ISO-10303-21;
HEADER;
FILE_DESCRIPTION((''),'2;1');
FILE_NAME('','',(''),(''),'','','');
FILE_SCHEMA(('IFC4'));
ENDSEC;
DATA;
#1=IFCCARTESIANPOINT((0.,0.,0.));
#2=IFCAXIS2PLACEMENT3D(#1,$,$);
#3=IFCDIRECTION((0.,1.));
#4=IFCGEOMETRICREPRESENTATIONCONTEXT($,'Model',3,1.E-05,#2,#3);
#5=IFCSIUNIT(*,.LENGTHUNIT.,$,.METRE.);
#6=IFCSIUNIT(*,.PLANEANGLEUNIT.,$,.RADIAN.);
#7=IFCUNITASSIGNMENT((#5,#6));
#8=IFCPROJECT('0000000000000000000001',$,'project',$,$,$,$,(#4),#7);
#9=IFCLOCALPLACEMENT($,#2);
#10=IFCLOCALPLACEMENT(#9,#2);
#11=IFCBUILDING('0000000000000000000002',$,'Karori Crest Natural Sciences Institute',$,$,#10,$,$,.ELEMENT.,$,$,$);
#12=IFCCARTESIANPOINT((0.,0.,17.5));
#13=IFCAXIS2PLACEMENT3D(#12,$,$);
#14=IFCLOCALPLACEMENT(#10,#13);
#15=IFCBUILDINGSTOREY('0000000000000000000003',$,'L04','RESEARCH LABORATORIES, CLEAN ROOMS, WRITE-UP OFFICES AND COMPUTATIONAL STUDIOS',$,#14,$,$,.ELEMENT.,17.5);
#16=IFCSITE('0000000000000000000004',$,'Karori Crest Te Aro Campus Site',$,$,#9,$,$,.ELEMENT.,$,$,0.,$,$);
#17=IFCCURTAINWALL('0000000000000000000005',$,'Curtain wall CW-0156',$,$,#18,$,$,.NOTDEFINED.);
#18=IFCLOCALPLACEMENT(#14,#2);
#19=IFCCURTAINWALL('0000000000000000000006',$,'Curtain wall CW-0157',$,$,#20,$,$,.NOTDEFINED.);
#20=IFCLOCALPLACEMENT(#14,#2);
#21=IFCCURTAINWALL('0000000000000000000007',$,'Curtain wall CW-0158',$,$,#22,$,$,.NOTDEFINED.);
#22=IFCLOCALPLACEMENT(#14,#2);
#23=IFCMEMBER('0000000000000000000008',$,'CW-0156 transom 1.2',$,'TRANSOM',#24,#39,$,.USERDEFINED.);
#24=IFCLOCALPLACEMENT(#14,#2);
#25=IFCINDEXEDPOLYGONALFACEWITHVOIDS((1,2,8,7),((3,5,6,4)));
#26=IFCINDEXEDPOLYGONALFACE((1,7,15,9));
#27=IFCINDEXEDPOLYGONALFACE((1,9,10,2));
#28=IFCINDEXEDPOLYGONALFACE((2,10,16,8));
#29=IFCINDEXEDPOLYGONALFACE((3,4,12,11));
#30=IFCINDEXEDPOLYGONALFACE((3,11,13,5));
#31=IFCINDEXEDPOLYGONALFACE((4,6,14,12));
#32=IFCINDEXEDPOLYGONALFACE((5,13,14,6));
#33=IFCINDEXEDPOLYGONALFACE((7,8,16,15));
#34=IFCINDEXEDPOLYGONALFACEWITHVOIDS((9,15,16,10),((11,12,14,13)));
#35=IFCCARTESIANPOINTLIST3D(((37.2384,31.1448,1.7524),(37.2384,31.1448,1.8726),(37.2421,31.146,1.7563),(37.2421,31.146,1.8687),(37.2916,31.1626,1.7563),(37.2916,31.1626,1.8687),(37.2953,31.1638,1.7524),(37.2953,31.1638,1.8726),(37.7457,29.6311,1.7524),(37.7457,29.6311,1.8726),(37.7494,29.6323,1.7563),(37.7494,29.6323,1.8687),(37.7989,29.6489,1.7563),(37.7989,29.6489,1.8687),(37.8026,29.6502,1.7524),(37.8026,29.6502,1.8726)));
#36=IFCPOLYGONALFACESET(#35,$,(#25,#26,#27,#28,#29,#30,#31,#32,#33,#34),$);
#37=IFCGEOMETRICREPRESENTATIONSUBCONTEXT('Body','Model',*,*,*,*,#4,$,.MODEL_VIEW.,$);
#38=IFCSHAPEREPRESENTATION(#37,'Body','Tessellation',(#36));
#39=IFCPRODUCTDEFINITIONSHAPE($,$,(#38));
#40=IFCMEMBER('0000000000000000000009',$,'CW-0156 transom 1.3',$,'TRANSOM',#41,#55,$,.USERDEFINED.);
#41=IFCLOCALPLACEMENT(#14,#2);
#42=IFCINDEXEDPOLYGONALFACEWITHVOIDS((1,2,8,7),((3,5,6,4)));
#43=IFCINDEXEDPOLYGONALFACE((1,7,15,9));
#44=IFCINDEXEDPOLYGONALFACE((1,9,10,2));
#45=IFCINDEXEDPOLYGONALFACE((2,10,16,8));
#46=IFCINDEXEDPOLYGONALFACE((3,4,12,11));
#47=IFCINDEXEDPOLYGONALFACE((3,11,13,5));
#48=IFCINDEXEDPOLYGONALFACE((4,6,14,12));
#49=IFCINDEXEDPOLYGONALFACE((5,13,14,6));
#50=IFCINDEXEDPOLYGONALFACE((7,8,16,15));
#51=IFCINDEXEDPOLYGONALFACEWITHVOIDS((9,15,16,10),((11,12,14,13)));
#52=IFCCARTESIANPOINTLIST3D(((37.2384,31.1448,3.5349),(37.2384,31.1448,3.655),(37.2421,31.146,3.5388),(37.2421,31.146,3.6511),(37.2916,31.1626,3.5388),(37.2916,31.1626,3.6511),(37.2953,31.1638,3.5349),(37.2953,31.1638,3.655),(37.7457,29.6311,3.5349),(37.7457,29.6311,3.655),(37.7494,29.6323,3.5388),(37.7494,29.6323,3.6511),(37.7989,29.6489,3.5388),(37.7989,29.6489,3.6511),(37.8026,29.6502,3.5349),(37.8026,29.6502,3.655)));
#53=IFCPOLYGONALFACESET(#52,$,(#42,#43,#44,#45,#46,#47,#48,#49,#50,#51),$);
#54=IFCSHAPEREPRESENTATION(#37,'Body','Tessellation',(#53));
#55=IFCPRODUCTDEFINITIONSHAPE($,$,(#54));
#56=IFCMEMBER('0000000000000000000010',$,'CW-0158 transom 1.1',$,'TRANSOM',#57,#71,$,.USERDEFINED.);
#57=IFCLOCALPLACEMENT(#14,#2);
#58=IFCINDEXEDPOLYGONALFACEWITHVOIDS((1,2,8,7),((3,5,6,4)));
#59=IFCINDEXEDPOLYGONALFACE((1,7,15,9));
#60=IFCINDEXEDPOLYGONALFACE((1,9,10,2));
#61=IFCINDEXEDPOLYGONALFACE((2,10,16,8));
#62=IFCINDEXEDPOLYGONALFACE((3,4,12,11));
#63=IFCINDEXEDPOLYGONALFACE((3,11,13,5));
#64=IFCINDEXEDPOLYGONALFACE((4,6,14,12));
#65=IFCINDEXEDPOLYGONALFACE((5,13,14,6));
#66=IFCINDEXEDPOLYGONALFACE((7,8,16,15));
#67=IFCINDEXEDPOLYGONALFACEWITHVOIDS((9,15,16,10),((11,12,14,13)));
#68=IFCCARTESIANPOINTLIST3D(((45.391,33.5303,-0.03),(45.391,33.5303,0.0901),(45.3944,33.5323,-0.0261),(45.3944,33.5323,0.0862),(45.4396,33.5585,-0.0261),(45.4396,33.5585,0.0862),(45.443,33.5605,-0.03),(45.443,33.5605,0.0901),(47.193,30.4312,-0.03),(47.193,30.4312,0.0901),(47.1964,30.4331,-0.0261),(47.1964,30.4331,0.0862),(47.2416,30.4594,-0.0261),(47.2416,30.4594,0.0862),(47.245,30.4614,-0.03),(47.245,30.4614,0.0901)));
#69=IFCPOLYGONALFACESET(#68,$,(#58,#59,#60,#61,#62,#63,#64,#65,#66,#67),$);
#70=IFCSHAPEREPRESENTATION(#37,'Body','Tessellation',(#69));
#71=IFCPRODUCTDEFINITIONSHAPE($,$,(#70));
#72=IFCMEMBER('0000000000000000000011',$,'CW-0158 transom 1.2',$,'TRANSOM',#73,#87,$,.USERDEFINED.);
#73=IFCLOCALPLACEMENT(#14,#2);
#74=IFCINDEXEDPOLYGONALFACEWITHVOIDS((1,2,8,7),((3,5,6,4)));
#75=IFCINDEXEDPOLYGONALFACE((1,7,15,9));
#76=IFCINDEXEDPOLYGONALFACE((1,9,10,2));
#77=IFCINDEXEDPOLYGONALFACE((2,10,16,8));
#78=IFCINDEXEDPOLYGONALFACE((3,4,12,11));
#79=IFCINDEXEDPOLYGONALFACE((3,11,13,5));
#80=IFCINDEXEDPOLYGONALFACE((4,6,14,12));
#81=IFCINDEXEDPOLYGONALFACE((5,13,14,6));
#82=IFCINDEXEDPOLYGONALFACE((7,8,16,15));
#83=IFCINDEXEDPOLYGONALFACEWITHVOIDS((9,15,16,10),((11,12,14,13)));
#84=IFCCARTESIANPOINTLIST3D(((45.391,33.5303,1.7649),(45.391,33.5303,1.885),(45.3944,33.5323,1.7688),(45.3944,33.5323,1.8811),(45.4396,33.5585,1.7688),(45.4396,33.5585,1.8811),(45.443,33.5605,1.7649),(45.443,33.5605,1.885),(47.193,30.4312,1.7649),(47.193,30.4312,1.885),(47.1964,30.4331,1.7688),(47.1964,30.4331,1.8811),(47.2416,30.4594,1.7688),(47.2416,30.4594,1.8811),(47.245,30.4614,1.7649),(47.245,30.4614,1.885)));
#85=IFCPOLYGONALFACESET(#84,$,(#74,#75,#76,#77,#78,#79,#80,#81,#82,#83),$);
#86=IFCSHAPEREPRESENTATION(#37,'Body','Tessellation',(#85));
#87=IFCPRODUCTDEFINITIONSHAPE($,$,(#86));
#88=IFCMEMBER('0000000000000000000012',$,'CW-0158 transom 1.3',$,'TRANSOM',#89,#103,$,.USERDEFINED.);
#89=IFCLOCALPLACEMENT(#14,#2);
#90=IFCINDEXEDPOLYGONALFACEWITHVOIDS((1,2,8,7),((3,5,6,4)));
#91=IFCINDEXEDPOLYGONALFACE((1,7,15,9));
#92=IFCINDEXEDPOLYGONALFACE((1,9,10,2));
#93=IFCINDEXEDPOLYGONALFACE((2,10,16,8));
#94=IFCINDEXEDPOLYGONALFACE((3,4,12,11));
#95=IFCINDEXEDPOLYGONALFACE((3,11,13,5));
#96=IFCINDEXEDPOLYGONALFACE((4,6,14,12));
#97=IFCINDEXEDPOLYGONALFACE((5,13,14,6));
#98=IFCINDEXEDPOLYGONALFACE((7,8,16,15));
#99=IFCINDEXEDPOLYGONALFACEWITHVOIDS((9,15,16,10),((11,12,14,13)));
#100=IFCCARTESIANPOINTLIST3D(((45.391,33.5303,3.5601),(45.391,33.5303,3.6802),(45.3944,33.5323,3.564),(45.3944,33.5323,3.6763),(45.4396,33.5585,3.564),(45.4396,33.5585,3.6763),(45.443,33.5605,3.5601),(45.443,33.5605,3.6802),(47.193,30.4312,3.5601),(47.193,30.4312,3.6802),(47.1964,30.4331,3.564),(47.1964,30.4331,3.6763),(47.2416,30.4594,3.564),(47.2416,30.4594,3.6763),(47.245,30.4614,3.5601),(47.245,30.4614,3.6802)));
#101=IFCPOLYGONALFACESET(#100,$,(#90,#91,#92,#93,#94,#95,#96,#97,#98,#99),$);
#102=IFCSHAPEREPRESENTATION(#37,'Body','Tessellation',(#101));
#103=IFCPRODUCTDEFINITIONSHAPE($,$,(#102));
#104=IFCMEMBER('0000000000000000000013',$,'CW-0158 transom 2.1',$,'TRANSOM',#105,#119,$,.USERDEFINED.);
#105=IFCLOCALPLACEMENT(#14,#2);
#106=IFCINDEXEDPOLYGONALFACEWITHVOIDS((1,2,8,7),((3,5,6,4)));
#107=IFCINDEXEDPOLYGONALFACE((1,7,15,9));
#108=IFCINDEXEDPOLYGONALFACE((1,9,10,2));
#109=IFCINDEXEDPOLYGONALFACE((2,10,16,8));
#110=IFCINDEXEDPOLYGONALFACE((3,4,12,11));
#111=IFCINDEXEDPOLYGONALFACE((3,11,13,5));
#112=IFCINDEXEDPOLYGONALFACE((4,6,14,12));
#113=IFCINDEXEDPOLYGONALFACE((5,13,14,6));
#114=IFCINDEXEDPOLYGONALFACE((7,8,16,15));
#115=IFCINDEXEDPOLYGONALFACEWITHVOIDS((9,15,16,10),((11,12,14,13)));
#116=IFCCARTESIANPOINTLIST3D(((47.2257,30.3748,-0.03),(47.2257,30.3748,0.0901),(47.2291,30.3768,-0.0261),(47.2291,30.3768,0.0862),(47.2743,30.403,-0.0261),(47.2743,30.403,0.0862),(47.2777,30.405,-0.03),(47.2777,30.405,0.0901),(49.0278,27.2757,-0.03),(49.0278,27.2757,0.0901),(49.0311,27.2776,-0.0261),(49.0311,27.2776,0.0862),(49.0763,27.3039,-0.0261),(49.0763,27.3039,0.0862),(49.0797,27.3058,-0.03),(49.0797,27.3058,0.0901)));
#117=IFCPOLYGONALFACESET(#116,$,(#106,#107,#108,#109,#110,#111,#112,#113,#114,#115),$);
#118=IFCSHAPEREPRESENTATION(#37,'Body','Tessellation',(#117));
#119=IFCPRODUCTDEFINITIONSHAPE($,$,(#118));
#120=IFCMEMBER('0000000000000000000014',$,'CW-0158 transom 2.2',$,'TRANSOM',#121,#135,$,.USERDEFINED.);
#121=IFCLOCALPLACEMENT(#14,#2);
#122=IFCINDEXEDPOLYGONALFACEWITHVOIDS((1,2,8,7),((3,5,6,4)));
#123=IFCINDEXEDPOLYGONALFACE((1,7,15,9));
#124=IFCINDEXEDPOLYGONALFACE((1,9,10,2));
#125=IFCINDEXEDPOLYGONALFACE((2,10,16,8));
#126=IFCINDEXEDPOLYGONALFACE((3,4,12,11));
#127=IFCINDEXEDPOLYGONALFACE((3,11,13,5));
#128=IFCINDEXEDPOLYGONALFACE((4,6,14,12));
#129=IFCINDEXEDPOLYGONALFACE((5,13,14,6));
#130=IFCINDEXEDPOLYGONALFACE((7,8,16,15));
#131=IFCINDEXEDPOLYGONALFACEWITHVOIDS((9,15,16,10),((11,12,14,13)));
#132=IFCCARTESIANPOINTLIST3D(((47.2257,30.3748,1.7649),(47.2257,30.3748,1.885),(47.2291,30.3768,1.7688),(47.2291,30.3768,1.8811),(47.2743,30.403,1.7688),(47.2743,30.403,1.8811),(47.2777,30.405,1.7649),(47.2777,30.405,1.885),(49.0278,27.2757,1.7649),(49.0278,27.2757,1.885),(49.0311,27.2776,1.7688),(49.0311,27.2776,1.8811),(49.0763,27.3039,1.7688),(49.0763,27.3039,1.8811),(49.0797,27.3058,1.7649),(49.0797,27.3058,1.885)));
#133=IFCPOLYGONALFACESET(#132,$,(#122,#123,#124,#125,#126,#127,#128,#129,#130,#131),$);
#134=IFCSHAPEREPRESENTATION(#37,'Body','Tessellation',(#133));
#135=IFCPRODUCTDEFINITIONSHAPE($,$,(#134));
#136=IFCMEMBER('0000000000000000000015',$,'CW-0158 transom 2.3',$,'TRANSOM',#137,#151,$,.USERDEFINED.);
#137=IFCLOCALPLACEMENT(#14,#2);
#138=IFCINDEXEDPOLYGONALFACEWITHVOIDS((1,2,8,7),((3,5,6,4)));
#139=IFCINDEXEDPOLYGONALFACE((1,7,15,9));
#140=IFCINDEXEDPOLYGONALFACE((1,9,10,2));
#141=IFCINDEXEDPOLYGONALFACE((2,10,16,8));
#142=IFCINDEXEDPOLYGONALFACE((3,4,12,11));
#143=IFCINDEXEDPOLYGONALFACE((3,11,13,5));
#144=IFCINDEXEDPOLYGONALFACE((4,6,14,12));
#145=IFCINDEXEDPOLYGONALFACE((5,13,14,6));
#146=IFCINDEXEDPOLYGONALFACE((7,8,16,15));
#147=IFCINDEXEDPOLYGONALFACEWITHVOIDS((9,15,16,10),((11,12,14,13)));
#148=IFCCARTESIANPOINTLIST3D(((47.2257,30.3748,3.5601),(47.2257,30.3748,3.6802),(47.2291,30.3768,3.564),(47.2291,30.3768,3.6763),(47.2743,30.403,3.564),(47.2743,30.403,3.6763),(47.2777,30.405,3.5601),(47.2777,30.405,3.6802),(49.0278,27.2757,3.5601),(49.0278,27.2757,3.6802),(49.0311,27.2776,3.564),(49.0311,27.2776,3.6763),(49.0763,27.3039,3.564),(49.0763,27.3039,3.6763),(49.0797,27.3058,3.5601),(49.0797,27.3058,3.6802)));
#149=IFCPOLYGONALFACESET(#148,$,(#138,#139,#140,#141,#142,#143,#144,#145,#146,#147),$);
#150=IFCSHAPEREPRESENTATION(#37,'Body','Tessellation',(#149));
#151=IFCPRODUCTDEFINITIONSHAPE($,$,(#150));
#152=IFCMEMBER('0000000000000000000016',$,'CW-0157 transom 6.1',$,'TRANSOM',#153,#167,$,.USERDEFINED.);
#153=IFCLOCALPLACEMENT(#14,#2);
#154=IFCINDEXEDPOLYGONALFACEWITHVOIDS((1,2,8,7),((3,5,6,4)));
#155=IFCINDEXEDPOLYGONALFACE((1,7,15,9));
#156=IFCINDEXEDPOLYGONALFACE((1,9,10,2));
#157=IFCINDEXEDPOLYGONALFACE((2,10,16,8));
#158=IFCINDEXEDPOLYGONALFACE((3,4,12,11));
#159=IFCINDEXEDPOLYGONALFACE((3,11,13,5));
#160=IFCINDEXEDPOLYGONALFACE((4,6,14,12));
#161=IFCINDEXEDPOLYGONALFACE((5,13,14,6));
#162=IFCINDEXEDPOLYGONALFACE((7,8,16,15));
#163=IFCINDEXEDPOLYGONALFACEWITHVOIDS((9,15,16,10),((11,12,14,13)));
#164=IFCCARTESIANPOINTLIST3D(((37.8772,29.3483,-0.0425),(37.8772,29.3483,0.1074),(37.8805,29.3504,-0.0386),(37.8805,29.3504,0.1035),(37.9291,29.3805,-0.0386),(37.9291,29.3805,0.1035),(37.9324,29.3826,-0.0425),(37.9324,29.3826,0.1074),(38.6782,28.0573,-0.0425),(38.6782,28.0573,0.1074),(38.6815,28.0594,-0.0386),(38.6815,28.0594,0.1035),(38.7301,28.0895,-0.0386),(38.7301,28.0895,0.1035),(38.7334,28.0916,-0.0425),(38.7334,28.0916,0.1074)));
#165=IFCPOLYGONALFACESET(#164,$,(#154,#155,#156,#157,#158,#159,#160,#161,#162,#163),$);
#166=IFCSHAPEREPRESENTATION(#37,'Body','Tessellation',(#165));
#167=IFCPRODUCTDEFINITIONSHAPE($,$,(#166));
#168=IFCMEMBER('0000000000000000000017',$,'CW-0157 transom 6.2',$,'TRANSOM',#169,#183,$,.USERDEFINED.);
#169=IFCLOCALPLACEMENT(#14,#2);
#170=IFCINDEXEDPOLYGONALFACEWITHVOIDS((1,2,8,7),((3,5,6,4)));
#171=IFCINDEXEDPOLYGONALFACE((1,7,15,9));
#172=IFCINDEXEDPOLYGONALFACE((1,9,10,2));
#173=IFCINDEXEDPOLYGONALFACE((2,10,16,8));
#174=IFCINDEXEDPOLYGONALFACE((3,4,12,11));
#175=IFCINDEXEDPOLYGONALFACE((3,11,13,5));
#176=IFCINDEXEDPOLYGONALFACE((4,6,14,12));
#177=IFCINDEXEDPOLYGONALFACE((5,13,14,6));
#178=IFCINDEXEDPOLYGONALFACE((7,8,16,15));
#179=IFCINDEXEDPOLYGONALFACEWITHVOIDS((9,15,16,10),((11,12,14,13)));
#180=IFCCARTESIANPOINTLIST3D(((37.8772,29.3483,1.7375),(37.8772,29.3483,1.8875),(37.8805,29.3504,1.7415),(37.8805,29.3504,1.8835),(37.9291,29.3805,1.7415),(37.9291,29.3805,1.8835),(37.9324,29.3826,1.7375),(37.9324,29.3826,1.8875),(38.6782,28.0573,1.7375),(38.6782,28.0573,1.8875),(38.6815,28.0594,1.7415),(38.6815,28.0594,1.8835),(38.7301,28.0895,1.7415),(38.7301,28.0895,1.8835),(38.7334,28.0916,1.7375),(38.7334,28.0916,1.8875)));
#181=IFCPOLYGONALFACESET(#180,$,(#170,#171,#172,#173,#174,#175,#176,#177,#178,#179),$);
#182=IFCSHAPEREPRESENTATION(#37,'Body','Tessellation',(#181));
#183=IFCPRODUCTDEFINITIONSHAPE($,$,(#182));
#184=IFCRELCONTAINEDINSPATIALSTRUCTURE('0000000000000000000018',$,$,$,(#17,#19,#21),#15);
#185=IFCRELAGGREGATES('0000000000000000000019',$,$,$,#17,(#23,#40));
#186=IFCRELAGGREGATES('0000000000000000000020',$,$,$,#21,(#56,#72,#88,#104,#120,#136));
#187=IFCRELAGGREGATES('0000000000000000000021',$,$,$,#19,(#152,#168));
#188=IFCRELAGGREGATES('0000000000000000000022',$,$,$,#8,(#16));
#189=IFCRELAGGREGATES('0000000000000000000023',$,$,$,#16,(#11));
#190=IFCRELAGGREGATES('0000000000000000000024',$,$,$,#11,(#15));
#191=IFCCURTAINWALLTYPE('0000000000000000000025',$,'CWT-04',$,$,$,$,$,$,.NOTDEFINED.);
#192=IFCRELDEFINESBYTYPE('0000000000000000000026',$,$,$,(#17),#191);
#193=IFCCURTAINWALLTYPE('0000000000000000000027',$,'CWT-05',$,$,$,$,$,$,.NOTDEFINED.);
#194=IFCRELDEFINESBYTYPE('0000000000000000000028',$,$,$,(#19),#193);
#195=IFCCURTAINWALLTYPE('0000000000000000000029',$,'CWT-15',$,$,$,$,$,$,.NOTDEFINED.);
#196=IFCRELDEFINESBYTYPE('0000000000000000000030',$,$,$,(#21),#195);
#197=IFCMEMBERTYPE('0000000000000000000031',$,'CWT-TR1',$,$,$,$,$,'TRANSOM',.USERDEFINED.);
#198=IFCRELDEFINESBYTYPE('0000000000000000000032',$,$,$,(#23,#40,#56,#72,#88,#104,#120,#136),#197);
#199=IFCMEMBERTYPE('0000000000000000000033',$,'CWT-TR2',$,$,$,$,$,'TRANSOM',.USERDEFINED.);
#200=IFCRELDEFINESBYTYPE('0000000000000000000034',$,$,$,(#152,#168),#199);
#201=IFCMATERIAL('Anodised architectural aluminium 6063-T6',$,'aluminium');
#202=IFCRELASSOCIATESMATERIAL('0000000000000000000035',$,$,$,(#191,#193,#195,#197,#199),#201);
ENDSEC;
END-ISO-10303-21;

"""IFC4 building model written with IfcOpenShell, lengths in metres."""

from ifc_helpers import new_model, si_unit, direction, frame, origin, origin_2d, place, context, subcontext, project, spatial, hollow_rectangle, extrude, material, material_profile, profile_set, type_object, element, aggregate, save


model = new_model("IFC4")

# Units and contexts
model_context = context("Model", 3, precision=1e-05, world=origin(), true_north=direction((0.0, 1.0)))
body_context = subcontext(model_context, "Body", "Model", "MODEL_VIEW")
ifc_project = project(units=[si_unit("LENGTHUNIT", "METRE"), si_unit("PLANEANGLEUNIT", "RADIAN")], contexts=[model_context])

# Site, building, storey
site_placement = place(None, origin())
site = spatial("IfcSite", under=ifc_project, at=site_placement, Name="Karori Crest Te Aro Campus Site", CompositionType="ELEMENT", RefElevation=0.0)
building_placement = place(site_placement, origin())
building = spatial("IfcBuilding", under=site, at=building_placement, Name="Karori Crest Natural Sciences Institute", CompositionType="ELEMENT")
storey_placement = place(building_placement, frame((0.0, 0.0, 17.5)))
storey = spatial("IfcBuildingStorey", under=building, at=storey_placement, Name="L04", Description="RESEARCH LABORATORIES, CLEAN ROOMS, WRITE-UP OFFICES AND COMPUTATIONAL STUDIOS", CompositionType="ELEMENT", Elevation=17.5)

# Curtain wall
ifc_material_1 = material(Name="Anodised architectural aluminium 6063-T6", Category="aluminium")
curtain_wall_type_1 = type_object("IfcCurtainWallType", Name="CWT-04", PredefinedType="NOTDEFINED", material=ifc_material_1)
curtain_wall_1_placement = place(storey_placement, origin())
curtain_wall_1 = element("IfcCurtainWall", 1, at=curtain_wall_1_placement, inside=storey, type_object=curtain_wall_type_1, Name="Curtain wall CW-0156", PredefinedType="NOTDEFINED")

# Curtain walls
curtain_wall_type_2 = type_object("IfcCurtainWallType", Name="CWT-05", PredefinedType="NOTDEFINED", material=ifc_material_1)
curtain_wall_2_placement = place(storey_placement, origin())
curtain_wall_2 = element("IfcCurtainWall", 2, at=curtain_wall_2_placement, inside=storey, type_object=curtain_wall_type_2, Name="Curtain wall CW-0157", PredefinedType="NOTDEFINED")
curtain_wall_type_3 = type_object("IfcCurtainWallType", Name="CWT-15", PredefinedType="NOTDEFINED", material=ifc_material_1)
curtain_wall_3_placement = place(storey_placement, origin())
curtain_wall_3 = element("IfcCurtainWall", 3, at=curtain_wall_3_placement, inside=storey, type_object=curtain_wall_type_3, Name="Curtain wall CW-0158", PredefinedType="NOTDEFINED")

# Members
ifc_material_profile_1 = material_profile(ifc_material_1, hollow_rectangle(XDim=0.0601, YDim=0.1201, WallThickness=0.0039, at=origin_2d()), Name="CWT120x60x4")
ifc_profile_set_1 = profile_set([ifc_material_profile_1], Name="Anodised architectural aluminium 6063-T6")
member_type_1 = type_object("IfcMemberType", Name="CWT-TR1", ElementType="TRANSOM", PredefinedType="USERDEFINED", material=ifc_profile_set_1)
member_1_placement = place(storey_placement, frame((37.7742, 29.6406, 1.8125), z_axis=(-0.317787, 0.948162, 0.0), x_axis=(-0.948162, -0.317787, 0.0)))
member_1 = element("IfcMember", 4, at=member_1_placement, type_object=member_type_1, Name="CW-0156 transom 1.2", ObjectType="TRANSOM", PredefinedType="USERDEFINED", context=body_context, shape_type="SweptSolid", body=[
    extrude(hollow_rectangle(XDim=0.0601, YDim=0.1201, WallThickness=0.0039, at=origin_2d()), origin(), (0.0, 0.0, 1.0), 1.5964),
])
member_2_placement = place(storey_placement, frame((37.7742, 29.6406, 3.595), z_axis=(-0.317787, 0.948162, 0.0), x_axis=(-0.948162, -0.317787, 0.0)))
member_2 = element("IfcMember", 5, at=member_2_placement, type_object=member_type_1, Name="CW-0156 transom 1.3", ObjectType="TRANSOM", PredefinedType="USERDEFINED", context=body_context, shape_type="SweptSolid", body=[
    extrude(hollow_rectangle(XDim=0.0601, YDim=0.1201, WallThickness=0.0039, at=origin_2d()), origin(), (0.0, 0.0, 1.0), 1.5964),
])
aggregate(curtain_wall_1, [member_1, member_2])
member_3_placement = place(storey_placement, frame((45.417, 33.5454, 0.03), z_axis=(0.50266, -0.864484, 0.0), x_axis=(0.864484, 0.50266, 0.0)))
member_3 = element("IfcMember", 6, at=member_3_placement, type_object=member_type_1, Name="CW-0158 transom 1.1", ObjectType="TRANSOM", PredefinedType="USERDEFINED", context=body_context, shape_type="SweptSolid", body=[
    extrude(hollow_rectangle(XDim=0.0601, YDim=0.1201, WallThickness=0.0039, at=origin_2d()), origin(), (0.0, 0.0, 1.0), 3.585),
])
member_4_placement = place(storey_placement, frame((45.417, 33.5454, 1.825), z_axis=(0.50266, -0.864484, 0.0), x_axis=(0.864484, 0.50266, 0.0)))
member_4 = element("IfcMember", 7, at=member_4_placement, type_object=member_type_1, Name="CW-0158 transom 1.2", ObjectType="TRANSOM", PredefinedType="USERDEFINED", context=body_context, shape_type="SweptSolid", body=[
    extrude(hollow_rectangle(XDim=0.0601, YDim=0.1201, WallThickness=0.0039, at=origin_2d()), origin(), (0.0, 0.0, 1.0), 3.585),
])
member_5_placement = place(storey_placement, frame((45.417, 33.5454, 3.6201), z_axis=(0.50266, -0.864484, 0.0), x_axis=(0.864484, 0.50266, 0.0)))
member_5 = element("IfcMember", 8, at=member_5_placement, type_object=member_type_1, Name="CW-0158 transom 1.3", ObjectType="TRANSOM", PredefinedType="USERDEFINED", context=body_context, shape_type="SweptSolid", body=[
    extrude(hollow_rectangle(XDim=0.0601, YDim=0.1201, WallThickness=0.0039, at=origin_2d()), origin(), (0.0, 0.0, 1.0), 3.585),
])
member_6_placement = place(storey_placement, frame((47.2517, 30.3899, 0.03), z_axis=(0.50266, -0.864484, 0.0), x_axis=(0.864484, 0.50266, 0.0)))
member_6 = element("IfcMember", 9, at=member_6_placement, type_object=member_type_1, Name="CW-0158 transom 2.1", ObjectType="TRANSOM", PredefinedType="USERDEFINED", context=body_context, shape_type="SweptSolid", body=[
    extrude(hollow_rectangle(XDim=0.0601, YDim=0.1201, WallThickness=0.0039, at=origin_2d()), origin(), (0.0, 0.0, 1.0), 3.585),
])
member_7_placement = place(storey_placement, frame((47.2517, 30.3899, 1.825), z_axis=(0.50266, -0.864484, 0.0), x_axis=(0.864484, 0.50266, 0.0)))
member_7 = element("IfcMember", 10, at=member_7_placement, type_object=member_type_1, Name="CW-0158 transom 2.2", ObjectType="TRANSOM", PredefinedType="USERDEFINED", context=body_context, shape_type="SweptSolid", body=[
    extrude(hollow_rectangle(XDim=0.0601, YDim=0.1201, WallThickness=0.0039, at=origin_2d()), origin(), (0.0, 0.0, 1.0), 3.585),
])
member_8_placement = place(storey_placement, frame((47.2517, 30.3899, 3.6201), z_axis=(0.50266, -0.864484, 0.0), x_axis=(0.864484, 0.50266, 0.0)))
member_8 = element("IfcMember", 11, at=member_8_placement, type_object=member_type_1, Name="CW-0158 transom 2.3", ObjectType="TRANSOM", PredefinedType="USERDEFINED", context=body_context, shape_type="SweptSolid", body=[
    extrude(hollow_rectangle(XDim=0.0601, YDim=0.1201, WallThickness=0.0039, at=origin_2d()), origin(), (0.0, 0.0, 1.0), 3.585),
])
ifc_material_profile_2 = material_profile(ifc_material_1, hollow_rectangle(XDim=0.0649, YDim=0.1499, WallThickness=0.0039, at=origin_2d()), Name="CWT150x65x4")
ifc_profile_set_2 = profile_set([ifc_material_profile_2], Name="Anodised architectural aluminium 6063-T6")
member_type_2 = type_object("IfcMemberType", Name="CWT-TR2", ElementType="TRANSOM", PredefinedType="USERDEFINED", material=ifc_profile_set_2)
member_9_placement = place(storey_placement, frame((38.7058, 28.0745, 0.0325), z_axis=(-0.527223, 0.849727, 0.0), x_axis=(-0.849727, -0.527223, 0.0)))
member_9 = element("IfcMember", 12, at=member_9_placement, type_object=member_type_2, Name="CW-0157 transom 6.1", ObjectType="TRANSOM", PredefinedType="USERDEFINED", context=body_context, shape_type="SweptSolid", body=[
    extrude(hollow_rectangle(XDim=0.0649, YDim=0.1499, WallThickness=0.0039, at=origin_2d()), origin(), (0.0, 0.0, 1.0), 1.5193),
])
member_10_placement = place(storey_placement, frame((38.7058, 28.0745, 1.8125), z_axis=(-0.527223, 0.849727, 0.0), x_axis=(-0.849727, -0.527223, 0.0)))
member_10 = element("IfcMember", 13, at=member_10_placement, type_object=member_type_2, Name="CW-0157 transom 6.2", ObjectType="TRANSOM", PredefinedType="USERDEFINED", context=body_context, shape_type="SweptSolid", body=[
    extrude(hollow_rectangle(XDim=0.0649, YDim=0.1499, WallThickness=0.0039, at=origin_2d()), origin(), (0.0, 0.0, 1.0), 1.5193),
])

aggregate(curtain_wall_3, [member_3, member_4, member_5, member_6, member_7, member_8])
aggregate(curtain_wall_2, [member_9, member_10])

save(model, "model.ifc")
